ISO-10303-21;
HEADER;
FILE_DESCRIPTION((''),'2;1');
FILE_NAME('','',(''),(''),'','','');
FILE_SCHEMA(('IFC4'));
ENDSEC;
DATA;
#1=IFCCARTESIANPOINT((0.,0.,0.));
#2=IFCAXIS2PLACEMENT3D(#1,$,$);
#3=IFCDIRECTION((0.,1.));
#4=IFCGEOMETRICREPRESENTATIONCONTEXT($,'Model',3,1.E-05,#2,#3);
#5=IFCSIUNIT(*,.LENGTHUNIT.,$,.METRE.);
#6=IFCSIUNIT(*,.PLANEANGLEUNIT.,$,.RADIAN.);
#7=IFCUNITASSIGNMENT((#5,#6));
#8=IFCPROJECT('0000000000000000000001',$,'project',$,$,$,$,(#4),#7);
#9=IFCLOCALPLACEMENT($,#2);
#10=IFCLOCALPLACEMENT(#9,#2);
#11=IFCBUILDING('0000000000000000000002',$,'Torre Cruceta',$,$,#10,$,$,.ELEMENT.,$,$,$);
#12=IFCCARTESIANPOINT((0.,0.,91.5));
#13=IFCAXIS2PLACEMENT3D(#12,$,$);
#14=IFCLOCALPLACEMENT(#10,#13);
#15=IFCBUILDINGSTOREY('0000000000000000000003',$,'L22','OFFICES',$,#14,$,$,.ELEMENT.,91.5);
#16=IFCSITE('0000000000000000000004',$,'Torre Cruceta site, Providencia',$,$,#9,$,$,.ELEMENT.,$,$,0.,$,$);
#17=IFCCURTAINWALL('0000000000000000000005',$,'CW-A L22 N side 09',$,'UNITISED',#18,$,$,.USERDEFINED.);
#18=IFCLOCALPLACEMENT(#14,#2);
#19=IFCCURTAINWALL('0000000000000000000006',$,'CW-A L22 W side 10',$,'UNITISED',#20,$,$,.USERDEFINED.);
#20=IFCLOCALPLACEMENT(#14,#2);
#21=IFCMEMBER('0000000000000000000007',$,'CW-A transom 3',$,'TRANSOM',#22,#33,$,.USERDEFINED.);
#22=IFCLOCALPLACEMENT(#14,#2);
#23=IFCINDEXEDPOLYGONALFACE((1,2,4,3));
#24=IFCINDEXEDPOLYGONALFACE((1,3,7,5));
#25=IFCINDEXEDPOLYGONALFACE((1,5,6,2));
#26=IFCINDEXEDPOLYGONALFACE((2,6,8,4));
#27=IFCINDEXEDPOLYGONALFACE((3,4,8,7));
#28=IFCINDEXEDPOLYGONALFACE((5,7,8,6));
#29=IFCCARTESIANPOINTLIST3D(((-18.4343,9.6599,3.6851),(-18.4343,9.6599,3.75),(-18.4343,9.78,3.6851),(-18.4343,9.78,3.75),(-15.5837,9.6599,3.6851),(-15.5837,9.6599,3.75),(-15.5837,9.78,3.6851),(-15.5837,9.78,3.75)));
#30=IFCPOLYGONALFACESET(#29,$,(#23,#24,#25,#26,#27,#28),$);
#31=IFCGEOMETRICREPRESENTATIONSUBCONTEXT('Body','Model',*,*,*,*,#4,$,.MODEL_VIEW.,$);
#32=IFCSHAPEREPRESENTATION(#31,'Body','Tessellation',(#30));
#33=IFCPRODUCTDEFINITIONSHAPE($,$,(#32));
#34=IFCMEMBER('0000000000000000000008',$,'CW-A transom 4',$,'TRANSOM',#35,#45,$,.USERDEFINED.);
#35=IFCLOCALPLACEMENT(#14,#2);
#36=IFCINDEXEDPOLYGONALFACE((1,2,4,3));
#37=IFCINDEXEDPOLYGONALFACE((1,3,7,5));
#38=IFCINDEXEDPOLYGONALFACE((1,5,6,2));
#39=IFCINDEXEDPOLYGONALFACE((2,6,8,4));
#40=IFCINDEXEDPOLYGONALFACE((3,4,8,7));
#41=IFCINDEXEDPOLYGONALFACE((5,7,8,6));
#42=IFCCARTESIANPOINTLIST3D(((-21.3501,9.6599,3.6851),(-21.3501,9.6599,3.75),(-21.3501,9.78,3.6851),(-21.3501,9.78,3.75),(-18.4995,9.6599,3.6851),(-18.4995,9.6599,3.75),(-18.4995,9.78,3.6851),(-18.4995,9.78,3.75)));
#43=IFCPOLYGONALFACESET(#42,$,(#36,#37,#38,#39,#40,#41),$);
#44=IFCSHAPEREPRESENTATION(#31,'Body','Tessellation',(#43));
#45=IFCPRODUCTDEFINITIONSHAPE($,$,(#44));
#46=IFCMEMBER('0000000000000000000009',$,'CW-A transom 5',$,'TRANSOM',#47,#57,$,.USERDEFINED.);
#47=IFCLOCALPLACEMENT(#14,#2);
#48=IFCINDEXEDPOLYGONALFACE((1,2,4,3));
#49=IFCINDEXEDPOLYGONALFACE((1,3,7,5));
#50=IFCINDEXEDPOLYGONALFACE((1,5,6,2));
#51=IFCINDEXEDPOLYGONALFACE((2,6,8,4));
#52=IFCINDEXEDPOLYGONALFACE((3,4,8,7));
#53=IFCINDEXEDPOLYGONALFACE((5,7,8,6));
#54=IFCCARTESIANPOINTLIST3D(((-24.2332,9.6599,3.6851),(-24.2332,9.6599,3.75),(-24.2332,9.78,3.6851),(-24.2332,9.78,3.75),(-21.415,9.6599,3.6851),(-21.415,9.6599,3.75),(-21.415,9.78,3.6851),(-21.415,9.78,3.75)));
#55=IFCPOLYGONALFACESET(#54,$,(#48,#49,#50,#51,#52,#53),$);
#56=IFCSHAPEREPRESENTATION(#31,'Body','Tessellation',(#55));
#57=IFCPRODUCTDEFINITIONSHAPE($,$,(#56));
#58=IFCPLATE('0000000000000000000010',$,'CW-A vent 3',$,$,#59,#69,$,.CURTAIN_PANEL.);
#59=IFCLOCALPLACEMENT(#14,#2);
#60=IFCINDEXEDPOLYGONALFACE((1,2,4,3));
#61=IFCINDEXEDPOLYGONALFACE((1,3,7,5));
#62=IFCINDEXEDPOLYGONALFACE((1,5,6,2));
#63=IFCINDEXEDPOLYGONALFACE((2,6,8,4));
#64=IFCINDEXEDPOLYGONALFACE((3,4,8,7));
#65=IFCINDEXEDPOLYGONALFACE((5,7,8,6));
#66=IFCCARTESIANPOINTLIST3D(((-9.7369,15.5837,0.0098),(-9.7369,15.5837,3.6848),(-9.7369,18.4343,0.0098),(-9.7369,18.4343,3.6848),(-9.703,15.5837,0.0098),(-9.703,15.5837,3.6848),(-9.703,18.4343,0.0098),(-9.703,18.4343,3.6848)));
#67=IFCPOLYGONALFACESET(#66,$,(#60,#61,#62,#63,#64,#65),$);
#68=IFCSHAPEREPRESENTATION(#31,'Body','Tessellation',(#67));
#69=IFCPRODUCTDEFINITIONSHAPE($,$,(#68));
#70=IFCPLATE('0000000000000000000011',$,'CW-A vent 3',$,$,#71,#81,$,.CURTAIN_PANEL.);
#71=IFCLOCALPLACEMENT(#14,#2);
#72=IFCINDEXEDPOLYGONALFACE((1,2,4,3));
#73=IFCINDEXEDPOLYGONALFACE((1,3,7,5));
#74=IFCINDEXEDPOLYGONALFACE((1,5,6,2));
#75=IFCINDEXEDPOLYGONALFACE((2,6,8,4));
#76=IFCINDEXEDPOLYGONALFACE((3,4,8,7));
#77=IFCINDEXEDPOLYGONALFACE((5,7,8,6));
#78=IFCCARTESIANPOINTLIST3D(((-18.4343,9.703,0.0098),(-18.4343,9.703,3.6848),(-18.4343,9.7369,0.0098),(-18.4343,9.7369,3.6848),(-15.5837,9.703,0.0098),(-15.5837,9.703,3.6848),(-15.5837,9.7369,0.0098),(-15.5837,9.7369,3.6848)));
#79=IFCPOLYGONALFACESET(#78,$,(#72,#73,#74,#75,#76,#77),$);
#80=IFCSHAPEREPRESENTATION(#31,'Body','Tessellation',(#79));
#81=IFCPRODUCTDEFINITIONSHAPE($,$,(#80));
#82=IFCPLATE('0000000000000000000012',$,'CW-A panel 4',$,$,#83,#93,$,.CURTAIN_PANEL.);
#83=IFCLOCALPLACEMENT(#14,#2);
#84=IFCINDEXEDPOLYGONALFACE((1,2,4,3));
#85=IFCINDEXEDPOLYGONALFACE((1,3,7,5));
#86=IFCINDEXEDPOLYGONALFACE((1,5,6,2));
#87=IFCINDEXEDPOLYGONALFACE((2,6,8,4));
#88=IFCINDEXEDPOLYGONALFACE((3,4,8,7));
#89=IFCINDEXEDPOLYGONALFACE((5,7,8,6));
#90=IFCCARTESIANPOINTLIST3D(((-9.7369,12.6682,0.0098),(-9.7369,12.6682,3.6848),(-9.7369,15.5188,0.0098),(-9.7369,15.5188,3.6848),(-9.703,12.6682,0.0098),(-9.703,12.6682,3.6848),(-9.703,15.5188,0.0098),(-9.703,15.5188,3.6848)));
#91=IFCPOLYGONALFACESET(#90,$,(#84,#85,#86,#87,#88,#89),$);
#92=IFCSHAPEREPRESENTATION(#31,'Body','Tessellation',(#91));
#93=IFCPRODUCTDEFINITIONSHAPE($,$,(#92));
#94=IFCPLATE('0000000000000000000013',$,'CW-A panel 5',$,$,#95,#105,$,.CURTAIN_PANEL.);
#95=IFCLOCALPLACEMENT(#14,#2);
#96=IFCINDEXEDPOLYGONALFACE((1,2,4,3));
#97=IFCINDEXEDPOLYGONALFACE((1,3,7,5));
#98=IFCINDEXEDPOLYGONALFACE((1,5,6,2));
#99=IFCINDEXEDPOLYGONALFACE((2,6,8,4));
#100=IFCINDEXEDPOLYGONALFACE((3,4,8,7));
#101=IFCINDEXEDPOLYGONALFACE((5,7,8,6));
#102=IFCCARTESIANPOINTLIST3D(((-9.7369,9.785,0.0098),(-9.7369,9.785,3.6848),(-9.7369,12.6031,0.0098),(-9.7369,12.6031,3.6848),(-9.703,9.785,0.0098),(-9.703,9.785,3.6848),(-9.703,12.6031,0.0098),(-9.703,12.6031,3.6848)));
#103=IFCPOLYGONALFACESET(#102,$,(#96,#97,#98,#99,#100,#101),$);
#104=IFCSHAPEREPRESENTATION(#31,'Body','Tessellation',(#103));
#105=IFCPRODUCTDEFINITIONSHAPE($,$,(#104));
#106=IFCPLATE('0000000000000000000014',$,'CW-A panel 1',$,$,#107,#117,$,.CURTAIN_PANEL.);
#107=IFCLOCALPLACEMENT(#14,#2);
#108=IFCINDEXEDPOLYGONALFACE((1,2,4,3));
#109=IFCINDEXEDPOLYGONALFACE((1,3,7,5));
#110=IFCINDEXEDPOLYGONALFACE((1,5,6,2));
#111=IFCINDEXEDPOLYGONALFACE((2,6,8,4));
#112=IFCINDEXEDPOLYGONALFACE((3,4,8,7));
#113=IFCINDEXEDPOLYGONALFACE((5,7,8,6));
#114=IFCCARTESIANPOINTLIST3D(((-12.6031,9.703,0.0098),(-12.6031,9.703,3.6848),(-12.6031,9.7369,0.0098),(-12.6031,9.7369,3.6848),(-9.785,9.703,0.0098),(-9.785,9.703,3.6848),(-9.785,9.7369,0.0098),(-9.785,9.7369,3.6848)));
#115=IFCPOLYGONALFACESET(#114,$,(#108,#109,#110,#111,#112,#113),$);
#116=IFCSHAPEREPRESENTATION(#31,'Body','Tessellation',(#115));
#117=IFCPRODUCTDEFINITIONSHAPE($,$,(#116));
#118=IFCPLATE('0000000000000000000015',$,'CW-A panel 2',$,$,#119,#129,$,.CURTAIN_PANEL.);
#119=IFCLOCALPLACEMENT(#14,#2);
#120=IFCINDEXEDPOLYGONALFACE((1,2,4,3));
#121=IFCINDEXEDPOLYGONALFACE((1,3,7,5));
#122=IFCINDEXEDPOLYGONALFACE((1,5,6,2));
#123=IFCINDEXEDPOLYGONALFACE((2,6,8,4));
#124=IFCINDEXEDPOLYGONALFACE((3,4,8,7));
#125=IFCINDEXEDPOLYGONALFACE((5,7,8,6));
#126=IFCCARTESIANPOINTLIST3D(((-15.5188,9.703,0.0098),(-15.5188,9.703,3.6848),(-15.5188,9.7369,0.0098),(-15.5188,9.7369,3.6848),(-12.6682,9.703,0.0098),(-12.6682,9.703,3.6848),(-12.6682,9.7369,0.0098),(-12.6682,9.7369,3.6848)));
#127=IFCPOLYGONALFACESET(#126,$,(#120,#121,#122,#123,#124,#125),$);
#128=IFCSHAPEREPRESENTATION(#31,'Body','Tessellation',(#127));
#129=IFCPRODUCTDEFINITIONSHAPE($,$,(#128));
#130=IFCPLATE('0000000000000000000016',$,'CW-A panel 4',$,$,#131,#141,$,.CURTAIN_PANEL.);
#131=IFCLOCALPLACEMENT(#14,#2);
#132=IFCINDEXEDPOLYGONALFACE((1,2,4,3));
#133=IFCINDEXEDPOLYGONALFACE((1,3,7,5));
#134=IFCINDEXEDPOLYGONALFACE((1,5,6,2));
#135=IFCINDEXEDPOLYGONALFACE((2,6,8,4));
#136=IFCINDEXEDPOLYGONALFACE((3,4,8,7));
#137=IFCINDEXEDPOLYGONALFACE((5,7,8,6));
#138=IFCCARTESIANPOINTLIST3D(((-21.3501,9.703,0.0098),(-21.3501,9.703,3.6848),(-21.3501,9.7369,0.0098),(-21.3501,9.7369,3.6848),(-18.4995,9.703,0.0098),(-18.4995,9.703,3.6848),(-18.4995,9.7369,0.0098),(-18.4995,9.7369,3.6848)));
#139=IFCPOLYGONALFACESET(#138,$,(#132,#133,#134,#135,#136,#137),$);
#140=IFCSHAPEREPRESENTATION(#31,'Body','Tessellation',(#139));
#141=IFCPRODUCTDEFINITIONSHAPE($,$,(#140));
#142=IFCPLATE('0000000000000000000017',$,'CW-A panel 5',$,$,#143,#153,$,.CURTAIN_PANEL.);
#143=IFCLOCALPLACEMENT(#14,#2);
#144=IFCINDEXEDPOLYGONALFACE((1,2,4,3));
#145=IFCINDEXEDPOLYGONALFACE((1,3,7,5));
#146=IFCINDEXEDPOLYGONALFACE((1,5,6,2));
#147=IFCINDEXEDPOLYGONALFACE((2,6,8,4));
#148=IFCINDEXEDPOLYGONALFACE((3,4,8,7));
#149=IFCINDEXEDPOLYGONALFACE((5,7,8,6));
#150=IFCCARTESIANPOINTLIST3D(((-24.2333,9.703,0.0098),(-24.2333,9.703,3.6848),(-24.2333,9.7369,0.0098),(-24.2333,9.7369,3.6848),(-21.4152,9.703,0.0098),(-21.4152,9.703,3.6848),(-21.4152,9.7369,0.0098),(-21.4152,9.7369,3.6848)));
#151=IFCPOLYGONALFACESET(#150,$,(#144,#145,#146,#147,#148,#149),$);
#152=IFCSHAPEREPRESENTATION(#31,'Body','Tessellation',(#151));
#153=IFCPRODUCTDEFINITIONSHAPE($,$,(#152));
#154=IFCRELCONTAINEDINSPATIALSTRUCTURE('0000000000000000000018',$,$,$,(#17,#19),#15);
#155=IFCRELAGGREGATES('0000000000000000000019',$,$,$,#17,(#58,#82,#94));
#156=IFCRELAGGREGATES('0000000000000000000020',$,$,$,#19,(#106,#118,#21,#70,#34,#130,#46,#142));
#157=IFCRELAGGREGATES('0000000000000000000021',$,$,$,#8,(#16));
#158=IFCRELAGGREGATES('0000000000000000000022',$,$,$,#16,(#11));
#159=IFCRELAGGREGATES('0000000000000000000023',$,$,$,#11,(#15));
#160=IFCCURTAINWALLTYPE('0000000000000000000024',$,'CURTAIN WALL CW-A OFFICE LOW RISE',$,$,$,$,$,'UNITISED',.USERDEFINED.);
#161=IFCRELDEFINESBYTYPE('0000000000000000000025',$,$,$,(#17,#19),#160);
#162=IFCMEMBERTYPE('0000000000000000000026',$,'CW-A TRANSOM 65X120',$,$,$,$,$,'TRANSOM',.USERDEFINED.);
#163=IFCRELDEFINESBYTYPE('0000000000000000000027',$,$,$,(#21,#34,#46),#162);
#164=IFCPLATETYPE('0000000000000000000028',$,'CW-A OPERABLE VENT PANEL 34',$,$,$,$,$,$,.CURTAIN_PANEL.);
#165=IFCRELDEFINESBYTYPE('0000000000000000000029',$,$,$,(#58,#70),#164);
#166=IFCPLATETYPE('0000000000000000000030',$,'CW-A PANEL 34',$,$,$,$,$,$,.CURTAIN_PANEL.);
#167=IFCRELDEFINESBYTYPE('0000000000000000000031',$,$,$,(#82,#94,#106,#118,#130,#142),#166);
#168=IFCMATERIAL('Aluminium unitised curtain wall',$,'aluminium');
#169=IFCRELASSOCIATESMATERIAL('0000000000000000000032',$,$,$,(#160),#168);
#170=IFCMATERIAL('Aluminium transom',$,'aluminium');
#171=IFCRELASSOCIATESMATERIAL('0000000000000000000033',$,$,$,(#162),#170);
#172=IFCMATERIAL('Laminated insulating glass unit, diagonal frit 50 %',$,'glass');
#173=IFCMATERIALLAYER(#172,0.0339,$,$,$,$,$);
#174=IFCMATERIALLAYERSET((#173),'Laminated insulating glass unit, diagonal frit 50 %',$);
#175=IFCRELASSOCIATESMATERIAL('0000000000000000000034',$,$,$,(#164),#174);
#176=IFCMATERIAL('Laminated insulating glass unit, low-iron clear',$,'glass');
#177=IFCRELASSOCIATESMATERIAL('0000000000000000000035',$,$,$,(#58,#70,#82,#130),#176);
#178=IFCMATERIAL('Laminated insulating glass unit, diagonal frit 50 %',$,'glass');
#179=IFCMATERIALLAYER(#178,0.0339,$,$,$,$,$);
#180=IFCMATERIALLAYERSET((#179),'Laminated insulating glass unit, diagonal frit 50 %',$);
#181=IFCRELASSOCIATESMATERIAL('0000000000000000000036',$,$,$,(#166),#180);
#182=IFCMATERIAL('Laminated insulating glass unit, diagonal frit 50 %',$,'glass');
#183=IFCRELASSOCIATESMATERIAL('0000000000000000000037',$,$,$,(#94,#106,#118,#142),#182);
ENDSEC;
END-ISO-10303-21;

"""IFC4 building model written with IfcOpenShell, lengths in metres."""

from ifc_helpers import new_model, si_unit, direction, frame, origin, origin_2d, place, context, subcontext, project, spatial, rectangle, extrude, material, layer, layer_set, material_profile, profile_set, type_object, element, aggregate, save


model = new_model("IFC4")

# Units and contexts
model_context = context("Model", 3, precision=1e-05, world=origin(), true_north=direction((0.0, 1.0)))
body_context = subcontext(model_context, "Body", "Model", "MODEL_VIEW")
ifc_project = project(units=[si_unit("LENGTHUNIT", "METRE"), si_unit("PLANEANGLEUNIT", "RADIAN")], contexts=[model_context])

# Site, building, storey
site_placement = place(None, origin())
site = spatial("IfcSite", under=ifc_project, at=site_placement, Name="Torre Cruceta site, Providencia", CompositionType="ELEMENT", RefElevation=0.0)
building_placement = place(site_placement, origin())
building = spatial("IfcBuilding", under=site, at=building_placement, Name="Torre Cruceta", CompositionType="ELEMENT")
storey_placement = place(building_placement, frame((0.0, 0.0, 91.5)))
storey = spatial("IfcBuildingStorey", under=building, at=storey_placement, Name="L22", Description="OFFICES", CompositionType="ELEMENT", Elevation=91.5)

# Curtain walls
ifc_material_1 = material(Name="Aluminium unitised curtain wall", Category="aluminium")
curtain_wall_type = type_object("IfcCurtainWallType", Name="CURTAIN WALL CW-A OFFICE LOW RISE", ElementType="UNITISED", PredefinedType="USERDEFINED", material=ifc_material_1)
curtain_wall_1_placement = place(storey_placement, origin())
curtain_wall_1 = element("IfcCurtainWall", 1, at=curtain_wall_1_placement, inside=storey, type_object=curtain_wall_type, Name="CW-A L22 N side 09", ObjectType="UNITISED", PredefinedType="USERDEFINED")
curtain_wall_2_placement = place(storey_placement, origin())
curtain_wall_2 = element("IfcCurtainWall", 2, at=curtain_wall_2_placement, inside=storey, type_object=curtain_wall_type, Name="CW-A L22 W side 10", ObjectType="UNITISED", PredefinedType="USERDEFINED")

# Members
ifc_material_2 = material(Name="Aluminium transom", Category="aluminium")
ifc_material_profile_1 = material_profile(ifc_material_2, rectangle(XDim=0.1201, YDim=0.0649, at=origin_2d()), Name="AL 120X65")
ifc_profile_set_1 = profile_set([ifc_material_profile_1], Name="Aluminium transom")
member_type_1 = type_object("IfcMemberType", Name="CW-A TRANSOM 65X120", ElementType="TRANSOM", PredefinedType="USERDEFINED", material=ifc_profile_set_1)
member_1_placement = place(storey_placement, frame((-15.5837, 9.72, 3.7175), z_axis=(-1.0, 0.0, 0.0), x_axis=(0.0, -1.0, 0.0)))
member_1 = element("IfcMember", 3, at=member_1_placement, type_object=member_type_1, Name="CW-A transom 3", ObjectType="TRANSOM", PredefinedType="USERDEFINED", context=body_context, shape_type="SweptSolid", body=[
    extrude(rectangle(XDim=0.1201, YDim=0.0649, at=origin_2d()), origin(), (0.0, 0.0, 1.0), 2.8506),
])
member_2_placement = place(storey_placement, frame((-18.4995, 9.72, 3.7175), z_axis=(-1.0, 0.0, 0.0), x_axis=(0.0, -1.0, 0.0)))
member_2 = element("IfcMember", 4, at=member_2_placement, type_object=member_type_1, Name="CW-A transom 4", ObjectType="TRANSOM", PredefinedType="USERDEFINED", context=body_context, shape_type="SweptSolid", body=[
    extrude(rectangle(XDim=0.1201, YDim=0.0649, at=origin_2d()), origin(), (0.0, 0.0, 1.0), 2.8506),
])
member_3_placement = place(storey_placement, frame((-21.415, 9.72, 3.7175), z_axis=(-1.0, 0.0, 0.0), x_axis=(0.0, -1.0, 0.0)))
member_3 = element("IfcMember", 5, at=member_3_placement, type_object=member_type_1, Name="CW-A transom 5", ObjectType="TRANSOM", PredefinedType="USERDEFINED", context=body_context, shape_type="SweptSolid", body=[
    extrude(rectangle(XDim=0.1201, YDim=0.0649, at=origin_2d()), origin(), (0.0, 0.0, 1.0), 2.8181),
])

# Plates
ifc_material_3 = material(Name="Laminated insulating glass unit, low-iron clear", Category="glass")
ifc_material_4 = material(Name="Laminated insulating glass unit, diagonal frit 50 %", Category="glass")
ifc_layer_1 = layer(ifc_material_4, 0.0339)
ifc_layer_set_1 = layer_set([ifc_layer_1], Name="Laminated insulating glass unit, diagonal frit 50 %")
plate_type_1 = type_object("IfcPlateType", Name="CW-A OPERABLE VENT PANEL 34", PredefinedType="CURTAIN_PANEL", material=ifc_layer_set_1)
plate_1_placement = place(storey_placement, frame((-9.72, 17.009, 0.0098), z_axis=(0.0, 0.0, 1.0), x_axis=(0.0, -1.0, 0.0)))
plate_1 = element("IfcPlate", 6, at=plate_1_placement, type_object=plate_type_1, material=ifc_material_3, Name="CW-A vent 3", PredefinedType="CURTAIN_PANEL", context=body_context, shape_type="SweptSolid", body=[
    extrude(rectangle(XDim=2.8506, YDim=0.0339, at=origin_2d()), origin(), (0.0, 0.0, 1.0), 3.675),
])
plate_2_placement = place(storey_placement, frame((-17.009, 9.72, 0.0098), z_axis=(0.0, 0.0, 1.0), x_axis=(-1.0, 0.0, 0.0)))
plate_2 = element("IfcPlate", 7, at=plate_2_placement, type_object=plate_type_1, material=ifc_material_3, Name="CW-A vent 3", PredefinedType="CURTAIN_PANEL", context=body_context, shape_type="SweptSolid", body=[
    extrude(rectangle(XDim=2.8506, YDim=0.0339, at=origin_2d()), origin(), (0.0, 0.0, 1.0), 3.675),
])
ifc_material_5 = material(Name="Laminated insulating glass unit, diagonal frit 50 %", Category="glass")
ifc_layer_2 = layer(ifc_material_5, 0.0339)
ifc_layer_set_2 = layer_set([ifc_layer_2], Name="Laminated insulating glass unit, diagonal frit 50 %")
plate_type_2 = type_object("IfcPlateType", Name="CW-A PANEL 34", PredefinedType="CURTAIN_PANEL", material=ifc_layer_set_2)
plate_3_placement = place(storey_placement, frame((-9.72, 14.0935, 0.0098), z_axis=(0.0, 0.0, 1.0), x_axis=(0.0, -1.0, 0.0)))
plate_3 = element("IfcPlate", 8, at=plate_3_placement, type_object=plate_type_2, material=ifc_material_3, Name="CW-A panel 4", PredefinedType="CURTAIN_PANEL", context=body_context, shape_type="SweptSolid", body=[
    extrude(rectangle(XDim=2.8506, YDim=0.0339, at=origin_2d()), origin(), (0.0, 0.0, 1.0), 3.675),
])
ifc_material_6 = material(Name="Laminated insulating glass unit, diagonal frit 50 %", Category="glass")
plate_4_placement = place(storey_placement, frame((-9.72, 11.1941, 0.0098), z_axis=(0.0, 0.0, 1.0), x_axis=(0.0, -1.0, 0.0)))
plate_4 = element("IfcPlate", 9, at=plate_4_placement, type_object=plate_type_2, material=ifc_material_6, Name="CW-A panel 5", PredefinedType="CURTAIN_PANEL", context=body_context, shape_type="SweptSolid", body=[
    extrude(rectangle(XDim=2.8181, YDim=0.0339, at=origin_2d()), origin(), (0.0, 0.0, 1.0), 3.675),
])
aggregate(curtain_wall_1, [plate_1, plate_3, plate_4])
plate_5_placement = place(storey_placement, frame((-11.1941, 9.72, 0.0098), z_axis=(0.0, 0.0, 1.0), x_axis=(-1.0, 0.0, 0.0)))
plate_5 = element("IfcPlate", 10, at=plate_5_placement, type_object=plate_type_2, material=ifc_material_6, Name="CW-A panel 1", PredefinedType="CURTAIN_PANEL", context=body_context, shape_type="SweptSolid", body=[
    extrude(rectangle(XDim=2.8181, YDim=0.0339, at=origin_2d()), origin(), (0.0, 0.0, 1.0), 3.675),
])
plate_6_placement = place(storey_placement, frame((-14.0935, 9.72, 0.0098), z_axis=(0.0, 0.0, 1.0), x_axis=(-1.0, 0.0, 0.0)))
plate_6 = element("IfcPlate", 11, at=plate_6_placement, type_object=plate_type_2, material=ifc_material_6, Name="CW-A panel 2", PredefinedType="CURTAIN_PANEL", context=body_context, shape_type="SweptSolid", body=[
    extrude(rectangle(XDim=2.8506, YDim=0.0339, at=origin_2d()), origin(), (0.0, 0.0, 1.0), 3.675),
])
plate_7_placement = place(storey_placement, frame((-19.9248, 9.72, 0.0098), z_axis=(0.0, 0.0, 1.0), x_axis=(-1.0, 0.0, 0.0)))
plate_7 = element("IfcPlate", 12, at=plate_7_placement, type_object=plate_type_2, material=ifc_material_3, Name="CW-A panel 4", PredefinedType="CURTAIN_PANEL", context=body_context, shape_type="SweptSolid", body=[
    extrude(rectangle(XDim=2.8506, YDim=0.0339, at=origin_2d()), origin(), (0.0, 0.0, 1.0), 3.675),
])
plate_8_placement = place(storey_placement, frame((-22.8242, 9.72, 0.0098), z_axis=(0.0, 0.0, 1.0), x_axis=(-1.0, 0.0, 0.0)))
plate_8 = element("IfcPlate", 13, at=plate_8_placement, type_object=plate_type_2, material=ifc_material_6, Name="CW-A panel 5", PredefinedType="CURTAIN_PANEL", context=body_context, shape_type="SweptSolid", body=[
    extrude(rectangle(XDim=2.8181, YDim=0.0339, at=origin_2d()), origin(), (0.0, 0.0, 1.0), 3.675),
])
aggregate(curtain_wall_2, [plate_5, plate_6, member_1, plate_2, member_2, plate_7, member_3, plate_8])

save(model, "model.ifc")
